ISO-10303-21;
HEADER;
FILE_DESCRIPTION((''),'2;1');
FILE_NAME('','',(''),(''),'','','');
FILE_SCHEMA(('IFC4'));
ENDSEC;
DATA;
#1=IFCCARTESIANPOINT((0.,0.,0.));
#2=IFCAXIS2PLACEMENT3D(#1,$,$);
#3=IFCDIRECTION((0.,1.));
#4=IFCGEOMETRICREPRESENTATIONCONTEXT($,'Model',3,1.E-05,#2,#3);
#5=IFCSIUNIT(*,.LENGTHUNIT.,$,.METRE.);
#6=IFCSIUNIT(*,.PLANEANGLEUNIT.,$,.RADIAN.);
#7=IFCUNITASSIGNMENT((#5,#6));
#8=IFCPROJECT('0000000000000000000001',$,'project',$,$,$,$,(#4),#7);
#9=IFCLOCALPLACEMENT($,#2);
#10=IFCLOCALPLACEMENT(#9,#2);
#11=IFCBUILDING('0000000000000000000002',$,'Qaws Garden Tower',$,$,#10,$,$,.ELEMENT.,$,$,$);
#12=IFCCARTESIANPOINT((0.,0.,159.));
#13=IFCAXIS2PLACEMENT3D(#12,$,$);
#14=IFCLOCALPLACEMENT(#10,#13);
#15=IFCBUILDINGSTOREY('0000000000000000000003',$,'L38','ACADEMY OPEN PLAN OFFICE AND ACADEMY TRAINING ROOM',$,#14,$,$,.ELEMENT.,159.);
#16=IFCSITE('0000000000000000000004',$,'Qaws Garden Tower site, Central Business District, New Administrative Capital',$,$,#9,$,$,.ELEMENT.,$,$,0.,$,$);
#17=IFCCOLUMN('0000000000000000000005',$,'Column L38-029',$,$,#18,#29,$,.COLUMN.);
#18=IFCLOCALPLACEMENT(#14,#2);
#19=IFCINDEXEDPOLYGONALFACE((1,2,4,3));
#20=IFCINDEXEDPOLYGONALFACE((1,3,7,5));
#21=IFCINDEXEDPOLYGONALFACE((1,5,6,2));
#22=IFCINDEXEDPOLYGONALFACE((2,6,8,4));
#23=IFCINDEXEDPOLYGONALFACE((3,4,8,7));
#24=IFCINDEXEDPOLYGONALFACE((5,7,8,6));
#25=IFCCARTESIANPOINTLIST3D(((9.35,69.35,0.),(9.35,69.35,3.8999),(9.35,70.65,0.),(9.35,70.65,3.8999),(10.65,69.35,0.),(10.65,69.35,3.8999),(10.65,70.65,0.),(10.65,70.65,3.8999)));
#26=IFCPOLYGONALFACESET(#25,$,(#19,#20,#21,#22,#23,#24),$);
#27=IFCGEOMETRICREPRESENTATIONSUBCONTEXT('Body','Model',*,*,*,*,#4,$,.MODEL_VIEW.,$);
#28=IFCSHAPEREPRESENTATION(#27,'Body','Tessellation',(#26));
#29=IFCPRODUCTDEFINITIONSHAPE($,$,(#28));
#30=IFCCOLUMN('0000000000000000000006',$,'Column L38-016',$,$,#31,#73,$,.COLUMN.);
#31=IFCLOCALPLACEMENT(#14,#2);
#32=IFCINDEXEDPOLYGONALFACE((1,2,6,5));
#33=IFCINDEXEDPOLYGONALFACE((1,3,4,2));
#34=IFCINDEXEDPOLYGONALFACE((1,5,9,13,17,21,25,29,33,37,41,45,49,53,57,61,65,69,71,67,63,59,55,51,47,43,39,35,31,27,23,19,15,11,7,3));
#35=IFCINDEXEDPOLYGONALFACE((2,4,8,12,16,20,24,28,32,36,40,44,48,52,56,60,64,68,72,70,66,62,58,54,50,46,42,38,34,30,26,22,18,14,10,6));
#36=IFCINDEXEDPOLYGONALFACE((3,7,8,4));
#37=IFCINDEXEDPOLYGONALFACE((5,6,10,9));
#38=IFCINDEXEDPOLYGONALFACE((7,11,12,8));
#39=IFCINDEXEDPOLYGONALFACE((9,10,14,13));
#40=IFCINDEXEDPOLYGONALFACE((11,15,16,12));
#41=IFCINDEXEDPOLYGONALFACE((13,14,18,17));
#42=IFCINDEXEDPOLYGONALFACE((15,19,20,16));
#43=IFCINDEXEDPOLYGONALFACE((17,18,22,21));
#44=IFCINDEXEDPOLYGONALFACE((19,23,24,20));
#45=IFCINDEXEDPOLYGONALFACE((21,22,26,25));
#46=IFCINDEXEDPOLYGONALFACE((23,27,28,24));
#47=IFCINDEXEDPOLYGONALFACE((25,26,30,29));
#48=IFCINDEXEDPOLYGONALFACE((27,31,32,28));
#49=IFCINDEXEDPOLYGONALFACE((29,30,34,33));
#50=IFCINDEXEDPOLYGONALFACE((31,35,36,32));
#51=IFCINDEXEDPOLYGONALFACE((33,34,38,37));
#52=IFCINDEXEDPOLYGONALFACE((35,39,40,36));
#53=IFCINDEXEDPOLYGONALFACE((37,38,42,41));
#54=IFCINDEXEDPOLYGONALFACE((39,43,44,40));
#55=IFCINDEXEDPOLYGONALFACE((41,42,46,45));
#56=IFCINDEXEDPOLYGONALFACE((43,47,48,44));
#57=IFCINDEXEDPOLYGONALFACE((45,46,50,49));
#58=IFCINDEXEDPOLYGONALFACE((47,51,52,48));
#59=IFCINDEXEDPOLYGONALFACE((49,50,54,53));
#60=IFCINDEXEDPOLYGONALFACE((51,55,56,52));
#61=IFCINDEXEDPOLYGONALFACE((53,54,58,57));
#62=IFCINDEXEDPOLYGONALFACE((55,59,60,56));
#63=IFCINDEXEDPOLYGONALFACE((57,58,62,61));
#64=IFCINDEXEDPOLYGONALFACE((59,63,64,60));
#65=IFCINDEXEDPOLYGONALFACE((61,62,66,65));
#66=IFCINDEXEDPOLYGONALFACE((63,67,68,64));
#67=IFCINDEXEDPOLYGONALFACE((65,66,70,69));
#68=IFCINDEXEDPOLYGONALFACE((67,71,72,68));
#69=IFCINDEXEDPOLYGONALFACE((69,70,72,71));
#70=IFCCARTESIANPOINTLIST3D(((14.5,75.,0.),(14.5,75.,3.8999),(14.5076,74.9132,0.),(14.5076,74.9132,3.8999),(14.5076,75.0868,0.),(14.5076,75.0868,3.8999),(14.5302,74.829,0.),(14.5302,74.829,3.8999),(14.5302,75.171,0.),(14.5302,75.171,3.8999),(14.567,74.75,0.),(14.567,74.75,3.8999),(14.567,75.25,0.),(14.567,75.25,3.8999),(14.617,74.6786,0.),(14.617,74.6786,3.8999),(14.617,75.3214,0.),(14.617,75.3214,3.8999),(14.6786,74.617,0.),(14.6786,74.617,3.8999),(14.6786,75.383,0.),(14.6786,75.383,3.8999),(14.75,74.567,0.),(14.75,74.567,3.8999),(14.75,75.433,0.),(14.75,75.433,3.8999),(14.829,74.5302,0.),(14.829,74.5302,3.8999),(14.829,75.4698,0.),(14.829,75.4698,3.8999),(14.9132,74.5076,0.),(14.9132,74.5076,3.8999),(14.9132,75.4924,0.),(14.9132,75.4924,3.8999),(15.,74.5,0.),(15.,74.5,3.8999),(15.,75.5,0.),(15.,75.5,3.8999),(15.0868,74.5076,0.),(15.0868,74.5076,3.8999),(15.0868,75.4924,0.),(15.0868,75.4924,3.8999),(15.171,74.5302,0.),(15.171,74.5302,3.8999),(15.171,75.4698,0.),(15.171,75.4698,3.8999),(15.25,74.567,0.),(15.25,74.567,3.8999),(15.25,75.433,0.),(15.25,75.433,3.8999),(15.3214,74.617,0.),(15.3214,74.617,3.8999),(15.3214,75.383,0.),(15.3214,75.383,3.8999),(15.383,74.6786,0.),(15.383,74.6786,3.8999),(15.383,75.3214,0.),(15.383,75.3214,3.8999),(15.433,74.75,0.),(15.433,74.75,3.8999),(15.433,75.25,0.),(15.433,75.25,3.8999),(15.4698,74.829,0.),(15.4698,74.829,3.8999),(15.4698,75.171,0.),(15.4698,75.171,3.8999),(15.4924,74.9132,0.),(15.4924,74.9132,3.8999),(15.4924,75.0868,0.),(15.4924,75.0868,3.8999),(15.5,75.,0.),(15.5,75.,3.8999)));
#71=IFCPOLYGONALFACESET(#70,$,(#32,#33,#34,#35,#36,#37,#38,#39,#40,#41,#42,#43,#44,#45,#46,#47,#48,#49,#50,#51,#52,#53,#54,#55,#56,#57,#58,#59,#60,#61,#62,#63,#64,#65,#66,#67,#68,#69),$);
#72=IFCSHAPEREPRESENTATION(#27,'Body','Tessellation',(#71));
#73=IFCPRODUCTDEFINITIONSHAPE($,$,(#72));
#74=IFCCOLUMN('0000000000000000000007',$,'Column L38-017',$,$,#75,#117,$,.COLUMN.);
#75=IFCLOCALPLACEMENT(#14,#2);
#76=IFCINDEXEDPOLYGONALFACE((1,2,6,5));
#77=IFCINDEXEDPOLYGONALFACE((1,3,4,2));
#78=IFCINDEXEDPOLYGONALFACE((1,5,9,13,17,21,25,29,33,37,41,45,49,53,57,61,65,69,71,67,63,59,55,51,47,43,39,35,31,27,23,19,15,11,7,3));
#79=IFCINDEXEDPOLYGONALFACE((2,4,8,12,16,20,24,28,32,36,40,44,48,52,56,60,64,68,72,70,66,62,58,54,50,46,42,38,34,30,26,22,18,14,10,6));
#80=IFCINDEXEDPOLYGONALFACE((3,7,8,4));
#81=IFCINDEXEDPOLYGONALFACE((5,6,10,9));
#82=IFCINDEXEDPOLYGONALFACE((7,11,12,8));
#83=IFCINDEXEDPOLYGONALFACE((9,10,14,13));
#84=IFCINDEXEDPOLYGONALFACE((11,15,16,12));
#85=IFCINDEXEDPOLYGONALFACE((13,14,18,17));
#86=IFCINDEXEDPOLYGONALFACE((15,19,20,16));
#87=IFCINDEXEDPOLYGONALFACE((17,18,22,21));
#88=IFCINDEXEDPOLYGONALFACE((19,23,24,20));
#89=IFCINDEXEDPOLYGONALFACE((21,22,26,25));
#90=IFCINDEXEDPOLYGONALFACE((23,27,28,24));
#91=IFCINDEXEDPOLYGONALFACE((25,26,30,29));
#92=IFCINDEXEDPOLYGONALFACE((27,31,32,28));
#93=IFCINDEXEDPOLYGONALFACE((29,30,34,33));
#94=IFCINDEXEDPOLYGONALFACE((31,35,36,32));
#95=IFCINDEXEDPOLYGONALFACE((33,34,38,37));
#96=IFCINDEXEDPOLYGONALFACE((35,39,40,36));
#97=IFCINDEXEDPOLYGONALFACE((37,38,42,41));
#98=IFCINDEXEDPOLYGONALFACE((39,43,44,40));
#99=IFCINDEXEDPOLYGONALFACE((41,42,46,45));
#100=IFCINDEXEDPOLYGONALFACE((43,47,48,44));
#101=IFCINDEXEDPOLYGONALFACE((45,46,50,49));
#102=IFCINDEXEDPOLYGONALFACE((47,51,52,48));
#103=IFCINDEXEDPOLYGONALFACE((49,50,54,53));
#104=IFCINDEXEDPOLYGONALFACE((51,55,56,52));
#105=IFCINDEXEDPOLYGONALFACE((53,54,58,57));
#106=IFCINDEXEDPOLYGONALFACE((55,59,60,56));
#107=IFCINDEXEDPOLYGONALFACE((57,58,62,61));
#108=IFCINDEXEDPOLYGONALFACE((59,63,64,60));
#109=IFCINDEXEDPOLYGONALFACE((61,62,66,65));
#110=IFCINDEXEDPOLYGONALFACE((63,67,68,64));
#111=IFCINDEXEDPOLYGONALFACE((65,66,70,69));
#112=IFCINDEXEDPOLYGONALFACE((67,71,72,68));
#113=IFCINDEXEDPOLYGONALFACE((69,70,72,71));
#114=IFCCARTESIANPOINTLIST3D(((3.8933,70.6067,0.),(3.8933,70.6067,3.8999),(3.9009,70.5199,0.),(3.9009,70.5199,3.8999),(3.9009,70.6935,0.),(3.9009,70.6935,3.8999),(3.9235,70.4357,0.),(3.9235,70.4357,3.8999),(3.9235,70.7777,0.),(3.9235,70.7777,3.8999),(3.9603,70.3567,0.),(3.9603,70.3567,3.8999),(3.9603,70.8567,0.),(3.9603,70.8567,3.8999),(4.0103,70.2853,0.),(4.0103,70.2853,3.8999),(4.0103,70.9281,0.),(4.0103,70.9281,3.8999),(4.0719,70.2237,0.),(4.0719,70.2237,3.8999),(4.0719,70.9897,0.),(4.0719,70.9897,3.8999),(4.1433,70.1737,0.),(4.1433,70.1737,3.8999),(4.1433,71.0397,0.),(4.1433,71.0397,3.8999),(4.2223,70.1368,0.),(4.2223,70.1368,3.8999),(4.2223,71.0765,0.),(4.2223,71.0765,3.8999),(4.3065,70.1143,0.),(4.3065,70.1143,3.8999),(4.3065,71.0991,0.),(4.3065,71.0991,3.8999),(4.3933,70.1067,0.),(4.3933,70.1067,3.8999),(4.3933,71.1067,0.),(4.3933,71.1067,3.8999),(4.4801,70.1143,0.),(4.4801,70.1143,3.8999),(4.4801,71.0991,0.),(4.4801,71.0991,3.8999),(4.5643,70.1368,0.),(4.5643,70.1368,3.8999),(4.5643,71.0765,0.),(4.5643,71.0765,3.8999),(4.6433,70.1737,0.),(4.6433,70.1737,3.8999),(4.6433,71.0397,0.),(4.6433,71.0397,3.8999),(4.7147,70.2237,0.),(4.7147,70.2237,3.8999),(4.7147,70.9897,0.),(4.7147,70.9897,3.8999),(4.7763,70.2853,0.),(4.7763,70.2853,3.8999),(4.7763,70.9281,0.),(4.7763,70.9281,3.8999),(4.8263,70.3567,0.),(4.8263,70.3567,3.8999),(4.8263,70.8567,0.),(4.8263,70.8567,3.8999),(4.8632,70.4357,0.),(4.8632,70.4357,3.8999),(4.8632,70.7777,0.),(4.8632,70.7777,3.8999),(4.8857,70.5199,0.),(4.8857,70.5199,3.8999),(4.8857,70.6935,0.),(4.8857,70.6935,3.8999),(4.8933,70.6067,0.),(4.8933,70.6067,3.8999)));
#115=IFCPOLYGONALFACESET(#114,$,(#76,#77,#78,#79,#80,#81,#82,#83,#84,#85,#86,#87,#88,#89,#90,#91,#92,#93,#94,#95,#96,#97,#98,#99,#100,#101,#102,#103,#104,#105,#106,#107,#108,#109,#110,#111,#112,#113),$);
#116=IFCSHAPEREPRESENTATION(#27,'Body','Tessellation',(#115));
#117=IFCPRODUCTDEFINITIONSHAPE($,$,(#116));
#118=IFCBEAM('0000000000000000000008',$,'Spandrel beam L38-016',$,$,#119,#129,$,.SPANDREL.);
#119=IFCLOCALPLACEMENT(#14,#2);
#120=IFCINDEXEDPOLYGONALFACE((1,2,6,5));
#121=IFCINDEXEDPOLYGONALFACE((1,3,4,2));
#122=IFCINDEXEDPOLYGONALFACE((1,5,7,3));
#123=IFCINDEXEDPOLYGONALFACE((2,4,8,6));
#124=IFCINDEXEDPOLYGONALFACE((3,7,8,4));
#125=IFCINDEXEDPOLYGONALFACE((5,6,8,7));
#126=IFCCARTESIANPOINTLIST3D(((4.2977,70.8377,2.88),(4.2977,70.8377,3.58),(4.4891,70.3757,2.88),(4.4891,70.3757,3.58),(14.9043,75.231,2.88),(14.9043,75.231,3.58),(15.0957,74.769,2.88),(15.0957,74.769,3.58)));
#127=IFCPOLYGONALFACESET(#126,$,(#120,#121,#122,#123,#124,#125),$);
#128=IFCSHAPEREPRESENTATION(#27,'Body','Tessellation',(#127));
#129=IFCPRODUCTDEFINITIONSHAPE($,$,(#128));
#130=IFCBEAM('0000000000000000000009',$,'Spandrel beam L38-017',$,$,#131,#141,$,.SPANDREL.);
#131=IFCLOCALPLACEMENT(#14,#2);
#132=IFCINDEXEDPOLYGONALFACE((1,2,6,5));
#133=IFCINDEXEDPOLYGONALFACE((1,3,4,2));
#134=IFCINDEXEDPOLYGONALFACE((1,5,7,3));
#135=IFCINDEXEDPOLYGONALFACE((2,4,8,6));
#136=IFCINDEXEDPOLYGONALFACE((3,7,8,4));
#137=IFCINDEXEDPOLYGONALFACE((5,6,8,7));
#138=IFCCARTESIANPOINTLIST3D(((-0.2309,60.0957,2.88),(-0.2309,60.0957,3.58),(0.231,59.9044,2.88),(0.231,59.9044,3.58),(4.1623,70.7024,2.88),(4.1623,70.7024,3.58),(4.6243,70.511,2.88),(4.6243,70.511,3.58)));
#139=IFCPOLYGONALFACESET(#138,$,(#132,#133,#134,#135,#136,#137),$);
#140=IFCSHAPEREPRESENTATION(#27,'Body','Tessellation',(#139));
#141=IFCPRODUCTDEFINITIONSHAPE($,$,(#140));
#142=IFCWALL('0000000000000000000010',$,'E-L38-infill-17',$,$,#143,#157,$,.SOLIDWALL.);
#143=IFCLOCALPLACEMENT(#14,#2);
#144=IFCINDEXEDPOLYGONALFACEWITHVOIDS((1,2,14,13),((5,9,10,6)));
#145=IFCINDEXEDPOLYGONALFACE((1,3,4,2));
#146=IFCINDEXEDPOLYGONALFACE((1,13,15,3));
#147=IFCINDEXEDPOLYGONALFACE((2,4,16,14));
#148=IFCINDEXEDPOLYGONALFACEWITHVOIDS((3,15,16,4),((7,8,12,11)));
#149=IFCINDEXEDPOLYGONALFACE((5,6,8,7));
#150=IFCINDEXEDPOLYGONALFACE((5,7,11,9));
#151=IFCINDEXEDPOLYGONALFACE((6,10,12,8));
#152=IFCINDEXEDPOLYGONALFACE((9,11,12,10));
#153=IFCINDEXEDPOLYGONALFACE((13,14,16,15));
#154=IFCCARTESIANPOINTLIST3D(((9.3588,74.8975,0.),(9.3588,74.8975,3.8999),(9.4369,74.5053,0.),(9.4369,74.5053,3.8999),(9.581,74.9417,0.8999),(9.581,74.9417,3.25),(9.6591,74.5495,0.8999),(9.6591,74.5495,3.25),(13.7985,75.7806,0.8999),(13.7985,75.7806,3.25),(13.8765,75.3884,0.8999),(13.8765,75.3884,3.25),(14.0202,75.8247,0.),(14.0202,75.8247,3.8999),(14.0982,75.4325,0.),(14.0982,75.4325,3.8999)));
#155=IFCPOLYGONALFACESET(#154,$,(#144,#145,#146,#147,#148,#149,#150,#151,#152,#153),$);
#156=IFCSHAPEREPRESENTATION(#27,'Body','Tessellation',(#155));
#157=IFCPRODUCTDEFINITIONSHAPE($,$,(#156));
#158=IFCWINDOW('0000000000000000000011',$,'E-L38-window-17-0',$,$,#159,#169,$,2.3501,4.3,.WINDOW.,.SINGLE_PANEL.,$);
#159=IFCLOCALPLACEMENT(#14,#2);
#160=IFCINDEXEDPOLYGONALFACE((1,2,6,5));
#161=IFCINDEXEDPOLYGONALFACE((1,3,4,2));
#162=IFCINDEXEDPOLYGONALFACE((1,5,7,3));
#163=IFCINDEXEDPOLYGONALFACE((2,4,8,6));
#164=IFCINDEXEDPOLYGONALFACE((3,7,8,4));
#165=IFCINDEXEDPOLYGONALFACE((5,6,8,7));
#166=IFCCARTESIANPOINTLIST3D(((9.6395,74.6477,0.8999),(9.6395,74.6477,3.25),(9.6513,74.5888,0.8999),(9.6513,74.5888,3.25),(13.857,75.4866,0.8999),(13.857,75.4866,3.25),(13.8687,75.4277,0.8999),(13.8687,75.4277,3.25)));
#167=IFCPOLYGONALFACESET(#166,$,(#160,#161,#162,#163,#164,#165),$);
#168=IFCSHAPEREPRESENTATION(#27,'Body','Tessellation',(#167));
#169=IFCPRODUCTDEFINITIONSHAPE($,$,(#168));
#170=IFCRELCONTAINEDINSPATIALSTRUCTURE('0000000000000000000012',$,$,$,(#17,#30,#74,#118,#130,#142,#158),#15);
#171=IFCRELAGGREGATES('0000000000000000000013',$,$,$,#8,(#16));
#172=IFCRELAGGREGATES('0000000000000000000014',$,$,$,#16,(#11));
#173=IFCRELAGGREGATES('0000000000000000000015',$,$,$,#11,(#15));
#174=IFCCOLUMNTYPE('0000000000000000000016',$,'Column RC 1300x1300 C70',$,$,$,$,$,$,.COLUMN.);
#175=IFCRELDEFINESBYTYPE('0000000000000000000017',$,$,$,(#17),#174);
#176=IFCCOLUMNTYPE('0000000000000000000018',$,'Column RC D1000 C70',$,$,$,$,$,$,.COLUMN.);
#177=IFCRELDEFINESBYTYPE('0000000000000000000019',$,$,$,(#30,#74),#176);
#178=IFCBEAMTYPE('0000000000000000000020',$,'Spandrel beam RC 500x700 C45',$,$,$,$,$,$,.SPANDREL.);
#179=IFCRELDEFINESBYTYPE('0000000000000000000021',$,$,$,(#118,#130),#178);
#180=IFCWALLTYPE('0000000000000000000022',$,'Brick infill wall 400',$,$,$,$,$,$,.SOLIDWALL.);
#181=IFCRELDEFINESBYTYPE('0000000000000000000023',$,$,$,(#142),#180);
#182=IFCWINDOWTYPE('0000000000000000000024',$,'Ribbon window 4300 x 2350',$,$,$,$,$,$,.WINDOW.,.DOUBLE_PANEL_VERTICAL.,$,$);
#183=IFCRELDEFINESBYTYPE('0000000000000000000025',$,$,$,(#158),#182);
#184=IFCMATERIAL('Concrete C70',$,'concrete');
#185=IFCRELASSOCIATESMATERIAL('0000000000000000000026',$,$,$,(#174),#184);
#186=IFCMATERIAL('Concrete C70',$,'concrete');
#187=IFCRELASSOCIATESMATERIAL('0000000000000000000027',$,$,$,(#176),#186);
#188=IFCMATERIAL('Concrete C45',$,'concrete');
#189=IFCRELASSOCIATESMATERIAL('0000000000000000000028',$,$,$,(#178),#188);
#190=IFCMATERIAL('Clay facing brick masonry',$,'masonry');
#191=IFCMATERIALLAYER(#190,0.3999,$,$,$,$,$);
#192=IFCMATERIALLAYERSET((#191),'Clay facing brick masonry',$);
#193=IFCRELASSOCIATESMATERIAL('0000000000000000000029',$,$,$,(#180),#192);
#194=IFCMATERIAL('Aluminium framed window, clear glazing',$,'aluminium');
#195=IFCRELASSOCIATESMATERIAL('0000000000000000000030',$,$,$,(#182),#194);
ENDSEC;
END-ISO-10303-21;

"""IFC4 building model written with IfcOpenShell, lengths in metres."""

from ifc_helpers import new_model, si_unit, direction, frame, frame_2d, origin, origin_2d, place, context, subcontext, project, spatial, rectangle, circle, extrude, material, layer, layer_set, material_profile, profile_set, type_object, element, fill, save


model = new_model("IFC4")

# Units and contexts
model_context = context("Model", 3, precision=1e-05, world=origin(), true_north=direction((0.0, 1.0)))
body_context = subcontext(model_context, "Body", "Model", "MODEL_VIEW")
ifc_project = project(units=[si_unit("LENGTHUNIT", "METRE"), si_unit("PLANEANGLEUNIT", "RADIAN")], contexts=[model_context])

# Site, building, storey
site_placement = place(None, origin())
site = spatial("IfcSite", under=ifc_project, at=site_placement, Name="Qaws Garden Tower site, Central Business District, New Administrative Capital", CompositionType="ELEMENT", RefElevation=0.0)
building_placement = place(site_placement, origin())
building = spatial("IfcBuilding", under=site, at=building_placement, Name="Qaws Garden Tower", CompositionType="ELEMENT")
storey_placement = place(building_placement, frame((0.0, 0.0, 159.0)))
storey = spatial("IfcBuildingStorey", under=building, at=storey_placement, Name="L38", Description="ACADEMY OPEN PLAN OFFICE AND ACADEMY TRAINING ROOM", CompositionType="ELEMENT", Elevation=159.0)

# Columns
ifc_material_1 = material(Name="Concrete C70", Category="concrete")
ifc_material_profile_1 = material_profile(ifc_material_1, rectangle(XDim=1.3, YDim=1.3, at=origin_2d()), Name="RC 1300x1300")
ifc_profile_set_1 = profile_set([ifc_material_profile_1], Name="Concrete C70")
column_type_1 = type_object("IfcColumnType", Name="Column RC 1300x1300 C70", PredefinedType="COLUMN", material=ifc_profile_set_1)
column_placement = place(storey_placement, frame((10.0, 70.0, 0.0), z_axis=(0.0, 0.0, 1.0), x_axis=(1.0, 0.0, 0.0)))
element("IfcColumn", 1, at=column_placement, inside=storey, type_object=column_type_1, Name="Column L38-029", PredefinedType="COLUMN", context=body_context, shape_type="SweptSolid", body=[
    extrude(rectangle(XDim=1.3, YDim=1.3, at=origin_2d()), origin(), (0.0, 0.0, 1.0), 3.8999),
])
ifc_material_2 = material(Name="Concrete C70", Category="concrete")
ifc_material_profile_2 = material_profile(ifc_material_2, circle(Radius=0.5, at=origin_2d()), Name="RC D1000")
ifc_profile_set_2 = profile_set([ifc_material_profile_2], Name="Concrete C70")
column_type_2 = type_object("IfcColumnType", Name="Column RC D1000 C70", PredefinedType="COLUMN", material=ifc_profile_set_2)
for number, where, z_axis, x_axis, name in (
    (2, (15.0, 75.0, 0.0), (0.0, 0.0, 1.0), (1.0, 0.0, 0.0), "Column L38-016"),
    (3, (4.3933, 70.6067, 0.0), (0.0, 0.0, 1.0), (1.0, 0.0, 0.0), "Column L38-017"),
):
    element("IfcColumn", number, at=place(storey_placement, frame(where, z_axis=z_axis, x_axis=x_axis)), inside=storey, type_object=column_type_2, Name=name, PredefinedType="COLUMN", context=body_context, shape_type="SweptSolid", body=[
        extrude(circle(Radius=0.5, at=origin_2d()), origin(), (0.0, 0.0, 1.0), 3.8999),
    ])

# Beams
ifc_material_3 = material(Name="Concrete C45", Category="concrete")
ifc_material_profile_3 = material_profile(ifc_material_3, rectangle(XDim=0.5, YDim=0.7, at=origin_2d()), Name="RC 500x700")
ifc_profile_set_3 = profile_set([ifc_material_profile_3], Name="Concrete C45")
beam_type = type_object("IfcBeamType", Name="Spandrel beam RC 500x700 C45", PredefinedType="SPANDREL", material=ifc_profile_set_3)
for number, where, z_axis, x_axis, name in (
    (4, (15.0, 75.0, 3.23), (-0.923883, -0.382674, 0.0), (0.382674, -0.923883, 0.0), "Spandrel beam L38-016"),
    (5, (4.3933, 70.6067, 3.23), (-0.382674, -0.923883, 0.0), (0.923883, -0.382674, 0.0), "Spandrel beam L38-017"),
):
    element("IfcBeam", number, at=place(storey_placement, frame(where, z_axis=z_axis, x_axis=x_axis)), inside=storey, type_object=beam_type, Name=name, PredefinedType="SPANDREL", context=body_context, shape_type="SweptSolid", body=[
        extrude(rectangle(XDim=0.5, YDim=0.7, at=origin_2d()), origin(), (0.0, 0.0, 1.0), 11.4805),
    ])

# Wall, opening, window
ifc_material_4 = material(Name="Clay facing brick masonry", Category="masonry")
ifc_layer_1 = layer(ifc_material_4, 0.3999)
ifc_layer_set_1 = layer_set([ifc_layer_1], Name="Clay facing brick masonry")
wall_type_1 = type_object("IfcWallType", Name="Brick infill wall 400", PredefinedType="SOLIDWALL", material=ifc_layer_set_1)
wall_1_placement = place(storey_placement, frame((14.0593, 75.6287, 0.0), z_axis=(0.0, 0.0, 1.0), x_axis=(-0.980784, -0.195099, 0.0)))
wall_1 = element("IfcWall", 6, at=wall_1_placement, inside=storey, type_object=wall_type_1, Name="E-L38-infill-17", PredefinedType="SOLIDWALL", context=body_context, shape_type="SweptSolid", body=[
    extrude(rectangle(XDim=4.7527, YDim=0.3999, at=frame_2d((2.3765, 0.0))), origin(), (0.0, 0.0, 1.0), 3.8999),
])
opening_1_placement = place(wall_1_placement, frame((0.2263, 0.0, 0.8999)))
opening_1 = element("IfcOpeningElement", 7, at=opening_1_placement, cuts=wall_1, PredefinedType="OPENING", context=body_context, shape_type="SweptSolid", body=[
    extrude(rectangle(XDim=4.3, YDim=2.3501, at=frame_2d((2.1499, 1.175))), frame((0.0, 0.21, 0.0), z_axis=(0.0, -1.0, 0.0), x_axis=(1.0, 0.0, 0.0)), (0.0, 0.0, 1.0), 0.4199),
])
ifc_material_5 = material(Name="Aluminium framed window, clear glazing", Category="aluminium")
window_type = type_object("IfcWindowType", Name="Ribbon window 4300 x 2350", PartitioningType="DOUBLE_PANEL_VERTICAL", PredefinedType="WINDOW", material=ifc_material_5)
window_1_placement = place(opening_1_placement, origin())
window_1 = element("IfcWindow", 8, at=window_1_placement, inside=storey, type_object=window_type, Name="E-L38-window-17-0", OverallHeight=2.3501, OverallWidth=4.3, PartitioningType="SINGLE_PANEL", PredefinedType="WINDOW", context=body_context, shape_type="SweptSolid", body=[
    extrude(rectangle(XDim=4.3, YDim=2.3501, at=frame_2d((2.1499, 1.175))), frame((0.0, 0.1599, 0.0), z_axis=(0.0, -1.0, 0.0), x_axis=(1.0, 0.0, 0.0)), (0.0, 0.0, 1.0), 0.0601),
])
fill(opening_1, window_1)

save(model, "model.ifc")
